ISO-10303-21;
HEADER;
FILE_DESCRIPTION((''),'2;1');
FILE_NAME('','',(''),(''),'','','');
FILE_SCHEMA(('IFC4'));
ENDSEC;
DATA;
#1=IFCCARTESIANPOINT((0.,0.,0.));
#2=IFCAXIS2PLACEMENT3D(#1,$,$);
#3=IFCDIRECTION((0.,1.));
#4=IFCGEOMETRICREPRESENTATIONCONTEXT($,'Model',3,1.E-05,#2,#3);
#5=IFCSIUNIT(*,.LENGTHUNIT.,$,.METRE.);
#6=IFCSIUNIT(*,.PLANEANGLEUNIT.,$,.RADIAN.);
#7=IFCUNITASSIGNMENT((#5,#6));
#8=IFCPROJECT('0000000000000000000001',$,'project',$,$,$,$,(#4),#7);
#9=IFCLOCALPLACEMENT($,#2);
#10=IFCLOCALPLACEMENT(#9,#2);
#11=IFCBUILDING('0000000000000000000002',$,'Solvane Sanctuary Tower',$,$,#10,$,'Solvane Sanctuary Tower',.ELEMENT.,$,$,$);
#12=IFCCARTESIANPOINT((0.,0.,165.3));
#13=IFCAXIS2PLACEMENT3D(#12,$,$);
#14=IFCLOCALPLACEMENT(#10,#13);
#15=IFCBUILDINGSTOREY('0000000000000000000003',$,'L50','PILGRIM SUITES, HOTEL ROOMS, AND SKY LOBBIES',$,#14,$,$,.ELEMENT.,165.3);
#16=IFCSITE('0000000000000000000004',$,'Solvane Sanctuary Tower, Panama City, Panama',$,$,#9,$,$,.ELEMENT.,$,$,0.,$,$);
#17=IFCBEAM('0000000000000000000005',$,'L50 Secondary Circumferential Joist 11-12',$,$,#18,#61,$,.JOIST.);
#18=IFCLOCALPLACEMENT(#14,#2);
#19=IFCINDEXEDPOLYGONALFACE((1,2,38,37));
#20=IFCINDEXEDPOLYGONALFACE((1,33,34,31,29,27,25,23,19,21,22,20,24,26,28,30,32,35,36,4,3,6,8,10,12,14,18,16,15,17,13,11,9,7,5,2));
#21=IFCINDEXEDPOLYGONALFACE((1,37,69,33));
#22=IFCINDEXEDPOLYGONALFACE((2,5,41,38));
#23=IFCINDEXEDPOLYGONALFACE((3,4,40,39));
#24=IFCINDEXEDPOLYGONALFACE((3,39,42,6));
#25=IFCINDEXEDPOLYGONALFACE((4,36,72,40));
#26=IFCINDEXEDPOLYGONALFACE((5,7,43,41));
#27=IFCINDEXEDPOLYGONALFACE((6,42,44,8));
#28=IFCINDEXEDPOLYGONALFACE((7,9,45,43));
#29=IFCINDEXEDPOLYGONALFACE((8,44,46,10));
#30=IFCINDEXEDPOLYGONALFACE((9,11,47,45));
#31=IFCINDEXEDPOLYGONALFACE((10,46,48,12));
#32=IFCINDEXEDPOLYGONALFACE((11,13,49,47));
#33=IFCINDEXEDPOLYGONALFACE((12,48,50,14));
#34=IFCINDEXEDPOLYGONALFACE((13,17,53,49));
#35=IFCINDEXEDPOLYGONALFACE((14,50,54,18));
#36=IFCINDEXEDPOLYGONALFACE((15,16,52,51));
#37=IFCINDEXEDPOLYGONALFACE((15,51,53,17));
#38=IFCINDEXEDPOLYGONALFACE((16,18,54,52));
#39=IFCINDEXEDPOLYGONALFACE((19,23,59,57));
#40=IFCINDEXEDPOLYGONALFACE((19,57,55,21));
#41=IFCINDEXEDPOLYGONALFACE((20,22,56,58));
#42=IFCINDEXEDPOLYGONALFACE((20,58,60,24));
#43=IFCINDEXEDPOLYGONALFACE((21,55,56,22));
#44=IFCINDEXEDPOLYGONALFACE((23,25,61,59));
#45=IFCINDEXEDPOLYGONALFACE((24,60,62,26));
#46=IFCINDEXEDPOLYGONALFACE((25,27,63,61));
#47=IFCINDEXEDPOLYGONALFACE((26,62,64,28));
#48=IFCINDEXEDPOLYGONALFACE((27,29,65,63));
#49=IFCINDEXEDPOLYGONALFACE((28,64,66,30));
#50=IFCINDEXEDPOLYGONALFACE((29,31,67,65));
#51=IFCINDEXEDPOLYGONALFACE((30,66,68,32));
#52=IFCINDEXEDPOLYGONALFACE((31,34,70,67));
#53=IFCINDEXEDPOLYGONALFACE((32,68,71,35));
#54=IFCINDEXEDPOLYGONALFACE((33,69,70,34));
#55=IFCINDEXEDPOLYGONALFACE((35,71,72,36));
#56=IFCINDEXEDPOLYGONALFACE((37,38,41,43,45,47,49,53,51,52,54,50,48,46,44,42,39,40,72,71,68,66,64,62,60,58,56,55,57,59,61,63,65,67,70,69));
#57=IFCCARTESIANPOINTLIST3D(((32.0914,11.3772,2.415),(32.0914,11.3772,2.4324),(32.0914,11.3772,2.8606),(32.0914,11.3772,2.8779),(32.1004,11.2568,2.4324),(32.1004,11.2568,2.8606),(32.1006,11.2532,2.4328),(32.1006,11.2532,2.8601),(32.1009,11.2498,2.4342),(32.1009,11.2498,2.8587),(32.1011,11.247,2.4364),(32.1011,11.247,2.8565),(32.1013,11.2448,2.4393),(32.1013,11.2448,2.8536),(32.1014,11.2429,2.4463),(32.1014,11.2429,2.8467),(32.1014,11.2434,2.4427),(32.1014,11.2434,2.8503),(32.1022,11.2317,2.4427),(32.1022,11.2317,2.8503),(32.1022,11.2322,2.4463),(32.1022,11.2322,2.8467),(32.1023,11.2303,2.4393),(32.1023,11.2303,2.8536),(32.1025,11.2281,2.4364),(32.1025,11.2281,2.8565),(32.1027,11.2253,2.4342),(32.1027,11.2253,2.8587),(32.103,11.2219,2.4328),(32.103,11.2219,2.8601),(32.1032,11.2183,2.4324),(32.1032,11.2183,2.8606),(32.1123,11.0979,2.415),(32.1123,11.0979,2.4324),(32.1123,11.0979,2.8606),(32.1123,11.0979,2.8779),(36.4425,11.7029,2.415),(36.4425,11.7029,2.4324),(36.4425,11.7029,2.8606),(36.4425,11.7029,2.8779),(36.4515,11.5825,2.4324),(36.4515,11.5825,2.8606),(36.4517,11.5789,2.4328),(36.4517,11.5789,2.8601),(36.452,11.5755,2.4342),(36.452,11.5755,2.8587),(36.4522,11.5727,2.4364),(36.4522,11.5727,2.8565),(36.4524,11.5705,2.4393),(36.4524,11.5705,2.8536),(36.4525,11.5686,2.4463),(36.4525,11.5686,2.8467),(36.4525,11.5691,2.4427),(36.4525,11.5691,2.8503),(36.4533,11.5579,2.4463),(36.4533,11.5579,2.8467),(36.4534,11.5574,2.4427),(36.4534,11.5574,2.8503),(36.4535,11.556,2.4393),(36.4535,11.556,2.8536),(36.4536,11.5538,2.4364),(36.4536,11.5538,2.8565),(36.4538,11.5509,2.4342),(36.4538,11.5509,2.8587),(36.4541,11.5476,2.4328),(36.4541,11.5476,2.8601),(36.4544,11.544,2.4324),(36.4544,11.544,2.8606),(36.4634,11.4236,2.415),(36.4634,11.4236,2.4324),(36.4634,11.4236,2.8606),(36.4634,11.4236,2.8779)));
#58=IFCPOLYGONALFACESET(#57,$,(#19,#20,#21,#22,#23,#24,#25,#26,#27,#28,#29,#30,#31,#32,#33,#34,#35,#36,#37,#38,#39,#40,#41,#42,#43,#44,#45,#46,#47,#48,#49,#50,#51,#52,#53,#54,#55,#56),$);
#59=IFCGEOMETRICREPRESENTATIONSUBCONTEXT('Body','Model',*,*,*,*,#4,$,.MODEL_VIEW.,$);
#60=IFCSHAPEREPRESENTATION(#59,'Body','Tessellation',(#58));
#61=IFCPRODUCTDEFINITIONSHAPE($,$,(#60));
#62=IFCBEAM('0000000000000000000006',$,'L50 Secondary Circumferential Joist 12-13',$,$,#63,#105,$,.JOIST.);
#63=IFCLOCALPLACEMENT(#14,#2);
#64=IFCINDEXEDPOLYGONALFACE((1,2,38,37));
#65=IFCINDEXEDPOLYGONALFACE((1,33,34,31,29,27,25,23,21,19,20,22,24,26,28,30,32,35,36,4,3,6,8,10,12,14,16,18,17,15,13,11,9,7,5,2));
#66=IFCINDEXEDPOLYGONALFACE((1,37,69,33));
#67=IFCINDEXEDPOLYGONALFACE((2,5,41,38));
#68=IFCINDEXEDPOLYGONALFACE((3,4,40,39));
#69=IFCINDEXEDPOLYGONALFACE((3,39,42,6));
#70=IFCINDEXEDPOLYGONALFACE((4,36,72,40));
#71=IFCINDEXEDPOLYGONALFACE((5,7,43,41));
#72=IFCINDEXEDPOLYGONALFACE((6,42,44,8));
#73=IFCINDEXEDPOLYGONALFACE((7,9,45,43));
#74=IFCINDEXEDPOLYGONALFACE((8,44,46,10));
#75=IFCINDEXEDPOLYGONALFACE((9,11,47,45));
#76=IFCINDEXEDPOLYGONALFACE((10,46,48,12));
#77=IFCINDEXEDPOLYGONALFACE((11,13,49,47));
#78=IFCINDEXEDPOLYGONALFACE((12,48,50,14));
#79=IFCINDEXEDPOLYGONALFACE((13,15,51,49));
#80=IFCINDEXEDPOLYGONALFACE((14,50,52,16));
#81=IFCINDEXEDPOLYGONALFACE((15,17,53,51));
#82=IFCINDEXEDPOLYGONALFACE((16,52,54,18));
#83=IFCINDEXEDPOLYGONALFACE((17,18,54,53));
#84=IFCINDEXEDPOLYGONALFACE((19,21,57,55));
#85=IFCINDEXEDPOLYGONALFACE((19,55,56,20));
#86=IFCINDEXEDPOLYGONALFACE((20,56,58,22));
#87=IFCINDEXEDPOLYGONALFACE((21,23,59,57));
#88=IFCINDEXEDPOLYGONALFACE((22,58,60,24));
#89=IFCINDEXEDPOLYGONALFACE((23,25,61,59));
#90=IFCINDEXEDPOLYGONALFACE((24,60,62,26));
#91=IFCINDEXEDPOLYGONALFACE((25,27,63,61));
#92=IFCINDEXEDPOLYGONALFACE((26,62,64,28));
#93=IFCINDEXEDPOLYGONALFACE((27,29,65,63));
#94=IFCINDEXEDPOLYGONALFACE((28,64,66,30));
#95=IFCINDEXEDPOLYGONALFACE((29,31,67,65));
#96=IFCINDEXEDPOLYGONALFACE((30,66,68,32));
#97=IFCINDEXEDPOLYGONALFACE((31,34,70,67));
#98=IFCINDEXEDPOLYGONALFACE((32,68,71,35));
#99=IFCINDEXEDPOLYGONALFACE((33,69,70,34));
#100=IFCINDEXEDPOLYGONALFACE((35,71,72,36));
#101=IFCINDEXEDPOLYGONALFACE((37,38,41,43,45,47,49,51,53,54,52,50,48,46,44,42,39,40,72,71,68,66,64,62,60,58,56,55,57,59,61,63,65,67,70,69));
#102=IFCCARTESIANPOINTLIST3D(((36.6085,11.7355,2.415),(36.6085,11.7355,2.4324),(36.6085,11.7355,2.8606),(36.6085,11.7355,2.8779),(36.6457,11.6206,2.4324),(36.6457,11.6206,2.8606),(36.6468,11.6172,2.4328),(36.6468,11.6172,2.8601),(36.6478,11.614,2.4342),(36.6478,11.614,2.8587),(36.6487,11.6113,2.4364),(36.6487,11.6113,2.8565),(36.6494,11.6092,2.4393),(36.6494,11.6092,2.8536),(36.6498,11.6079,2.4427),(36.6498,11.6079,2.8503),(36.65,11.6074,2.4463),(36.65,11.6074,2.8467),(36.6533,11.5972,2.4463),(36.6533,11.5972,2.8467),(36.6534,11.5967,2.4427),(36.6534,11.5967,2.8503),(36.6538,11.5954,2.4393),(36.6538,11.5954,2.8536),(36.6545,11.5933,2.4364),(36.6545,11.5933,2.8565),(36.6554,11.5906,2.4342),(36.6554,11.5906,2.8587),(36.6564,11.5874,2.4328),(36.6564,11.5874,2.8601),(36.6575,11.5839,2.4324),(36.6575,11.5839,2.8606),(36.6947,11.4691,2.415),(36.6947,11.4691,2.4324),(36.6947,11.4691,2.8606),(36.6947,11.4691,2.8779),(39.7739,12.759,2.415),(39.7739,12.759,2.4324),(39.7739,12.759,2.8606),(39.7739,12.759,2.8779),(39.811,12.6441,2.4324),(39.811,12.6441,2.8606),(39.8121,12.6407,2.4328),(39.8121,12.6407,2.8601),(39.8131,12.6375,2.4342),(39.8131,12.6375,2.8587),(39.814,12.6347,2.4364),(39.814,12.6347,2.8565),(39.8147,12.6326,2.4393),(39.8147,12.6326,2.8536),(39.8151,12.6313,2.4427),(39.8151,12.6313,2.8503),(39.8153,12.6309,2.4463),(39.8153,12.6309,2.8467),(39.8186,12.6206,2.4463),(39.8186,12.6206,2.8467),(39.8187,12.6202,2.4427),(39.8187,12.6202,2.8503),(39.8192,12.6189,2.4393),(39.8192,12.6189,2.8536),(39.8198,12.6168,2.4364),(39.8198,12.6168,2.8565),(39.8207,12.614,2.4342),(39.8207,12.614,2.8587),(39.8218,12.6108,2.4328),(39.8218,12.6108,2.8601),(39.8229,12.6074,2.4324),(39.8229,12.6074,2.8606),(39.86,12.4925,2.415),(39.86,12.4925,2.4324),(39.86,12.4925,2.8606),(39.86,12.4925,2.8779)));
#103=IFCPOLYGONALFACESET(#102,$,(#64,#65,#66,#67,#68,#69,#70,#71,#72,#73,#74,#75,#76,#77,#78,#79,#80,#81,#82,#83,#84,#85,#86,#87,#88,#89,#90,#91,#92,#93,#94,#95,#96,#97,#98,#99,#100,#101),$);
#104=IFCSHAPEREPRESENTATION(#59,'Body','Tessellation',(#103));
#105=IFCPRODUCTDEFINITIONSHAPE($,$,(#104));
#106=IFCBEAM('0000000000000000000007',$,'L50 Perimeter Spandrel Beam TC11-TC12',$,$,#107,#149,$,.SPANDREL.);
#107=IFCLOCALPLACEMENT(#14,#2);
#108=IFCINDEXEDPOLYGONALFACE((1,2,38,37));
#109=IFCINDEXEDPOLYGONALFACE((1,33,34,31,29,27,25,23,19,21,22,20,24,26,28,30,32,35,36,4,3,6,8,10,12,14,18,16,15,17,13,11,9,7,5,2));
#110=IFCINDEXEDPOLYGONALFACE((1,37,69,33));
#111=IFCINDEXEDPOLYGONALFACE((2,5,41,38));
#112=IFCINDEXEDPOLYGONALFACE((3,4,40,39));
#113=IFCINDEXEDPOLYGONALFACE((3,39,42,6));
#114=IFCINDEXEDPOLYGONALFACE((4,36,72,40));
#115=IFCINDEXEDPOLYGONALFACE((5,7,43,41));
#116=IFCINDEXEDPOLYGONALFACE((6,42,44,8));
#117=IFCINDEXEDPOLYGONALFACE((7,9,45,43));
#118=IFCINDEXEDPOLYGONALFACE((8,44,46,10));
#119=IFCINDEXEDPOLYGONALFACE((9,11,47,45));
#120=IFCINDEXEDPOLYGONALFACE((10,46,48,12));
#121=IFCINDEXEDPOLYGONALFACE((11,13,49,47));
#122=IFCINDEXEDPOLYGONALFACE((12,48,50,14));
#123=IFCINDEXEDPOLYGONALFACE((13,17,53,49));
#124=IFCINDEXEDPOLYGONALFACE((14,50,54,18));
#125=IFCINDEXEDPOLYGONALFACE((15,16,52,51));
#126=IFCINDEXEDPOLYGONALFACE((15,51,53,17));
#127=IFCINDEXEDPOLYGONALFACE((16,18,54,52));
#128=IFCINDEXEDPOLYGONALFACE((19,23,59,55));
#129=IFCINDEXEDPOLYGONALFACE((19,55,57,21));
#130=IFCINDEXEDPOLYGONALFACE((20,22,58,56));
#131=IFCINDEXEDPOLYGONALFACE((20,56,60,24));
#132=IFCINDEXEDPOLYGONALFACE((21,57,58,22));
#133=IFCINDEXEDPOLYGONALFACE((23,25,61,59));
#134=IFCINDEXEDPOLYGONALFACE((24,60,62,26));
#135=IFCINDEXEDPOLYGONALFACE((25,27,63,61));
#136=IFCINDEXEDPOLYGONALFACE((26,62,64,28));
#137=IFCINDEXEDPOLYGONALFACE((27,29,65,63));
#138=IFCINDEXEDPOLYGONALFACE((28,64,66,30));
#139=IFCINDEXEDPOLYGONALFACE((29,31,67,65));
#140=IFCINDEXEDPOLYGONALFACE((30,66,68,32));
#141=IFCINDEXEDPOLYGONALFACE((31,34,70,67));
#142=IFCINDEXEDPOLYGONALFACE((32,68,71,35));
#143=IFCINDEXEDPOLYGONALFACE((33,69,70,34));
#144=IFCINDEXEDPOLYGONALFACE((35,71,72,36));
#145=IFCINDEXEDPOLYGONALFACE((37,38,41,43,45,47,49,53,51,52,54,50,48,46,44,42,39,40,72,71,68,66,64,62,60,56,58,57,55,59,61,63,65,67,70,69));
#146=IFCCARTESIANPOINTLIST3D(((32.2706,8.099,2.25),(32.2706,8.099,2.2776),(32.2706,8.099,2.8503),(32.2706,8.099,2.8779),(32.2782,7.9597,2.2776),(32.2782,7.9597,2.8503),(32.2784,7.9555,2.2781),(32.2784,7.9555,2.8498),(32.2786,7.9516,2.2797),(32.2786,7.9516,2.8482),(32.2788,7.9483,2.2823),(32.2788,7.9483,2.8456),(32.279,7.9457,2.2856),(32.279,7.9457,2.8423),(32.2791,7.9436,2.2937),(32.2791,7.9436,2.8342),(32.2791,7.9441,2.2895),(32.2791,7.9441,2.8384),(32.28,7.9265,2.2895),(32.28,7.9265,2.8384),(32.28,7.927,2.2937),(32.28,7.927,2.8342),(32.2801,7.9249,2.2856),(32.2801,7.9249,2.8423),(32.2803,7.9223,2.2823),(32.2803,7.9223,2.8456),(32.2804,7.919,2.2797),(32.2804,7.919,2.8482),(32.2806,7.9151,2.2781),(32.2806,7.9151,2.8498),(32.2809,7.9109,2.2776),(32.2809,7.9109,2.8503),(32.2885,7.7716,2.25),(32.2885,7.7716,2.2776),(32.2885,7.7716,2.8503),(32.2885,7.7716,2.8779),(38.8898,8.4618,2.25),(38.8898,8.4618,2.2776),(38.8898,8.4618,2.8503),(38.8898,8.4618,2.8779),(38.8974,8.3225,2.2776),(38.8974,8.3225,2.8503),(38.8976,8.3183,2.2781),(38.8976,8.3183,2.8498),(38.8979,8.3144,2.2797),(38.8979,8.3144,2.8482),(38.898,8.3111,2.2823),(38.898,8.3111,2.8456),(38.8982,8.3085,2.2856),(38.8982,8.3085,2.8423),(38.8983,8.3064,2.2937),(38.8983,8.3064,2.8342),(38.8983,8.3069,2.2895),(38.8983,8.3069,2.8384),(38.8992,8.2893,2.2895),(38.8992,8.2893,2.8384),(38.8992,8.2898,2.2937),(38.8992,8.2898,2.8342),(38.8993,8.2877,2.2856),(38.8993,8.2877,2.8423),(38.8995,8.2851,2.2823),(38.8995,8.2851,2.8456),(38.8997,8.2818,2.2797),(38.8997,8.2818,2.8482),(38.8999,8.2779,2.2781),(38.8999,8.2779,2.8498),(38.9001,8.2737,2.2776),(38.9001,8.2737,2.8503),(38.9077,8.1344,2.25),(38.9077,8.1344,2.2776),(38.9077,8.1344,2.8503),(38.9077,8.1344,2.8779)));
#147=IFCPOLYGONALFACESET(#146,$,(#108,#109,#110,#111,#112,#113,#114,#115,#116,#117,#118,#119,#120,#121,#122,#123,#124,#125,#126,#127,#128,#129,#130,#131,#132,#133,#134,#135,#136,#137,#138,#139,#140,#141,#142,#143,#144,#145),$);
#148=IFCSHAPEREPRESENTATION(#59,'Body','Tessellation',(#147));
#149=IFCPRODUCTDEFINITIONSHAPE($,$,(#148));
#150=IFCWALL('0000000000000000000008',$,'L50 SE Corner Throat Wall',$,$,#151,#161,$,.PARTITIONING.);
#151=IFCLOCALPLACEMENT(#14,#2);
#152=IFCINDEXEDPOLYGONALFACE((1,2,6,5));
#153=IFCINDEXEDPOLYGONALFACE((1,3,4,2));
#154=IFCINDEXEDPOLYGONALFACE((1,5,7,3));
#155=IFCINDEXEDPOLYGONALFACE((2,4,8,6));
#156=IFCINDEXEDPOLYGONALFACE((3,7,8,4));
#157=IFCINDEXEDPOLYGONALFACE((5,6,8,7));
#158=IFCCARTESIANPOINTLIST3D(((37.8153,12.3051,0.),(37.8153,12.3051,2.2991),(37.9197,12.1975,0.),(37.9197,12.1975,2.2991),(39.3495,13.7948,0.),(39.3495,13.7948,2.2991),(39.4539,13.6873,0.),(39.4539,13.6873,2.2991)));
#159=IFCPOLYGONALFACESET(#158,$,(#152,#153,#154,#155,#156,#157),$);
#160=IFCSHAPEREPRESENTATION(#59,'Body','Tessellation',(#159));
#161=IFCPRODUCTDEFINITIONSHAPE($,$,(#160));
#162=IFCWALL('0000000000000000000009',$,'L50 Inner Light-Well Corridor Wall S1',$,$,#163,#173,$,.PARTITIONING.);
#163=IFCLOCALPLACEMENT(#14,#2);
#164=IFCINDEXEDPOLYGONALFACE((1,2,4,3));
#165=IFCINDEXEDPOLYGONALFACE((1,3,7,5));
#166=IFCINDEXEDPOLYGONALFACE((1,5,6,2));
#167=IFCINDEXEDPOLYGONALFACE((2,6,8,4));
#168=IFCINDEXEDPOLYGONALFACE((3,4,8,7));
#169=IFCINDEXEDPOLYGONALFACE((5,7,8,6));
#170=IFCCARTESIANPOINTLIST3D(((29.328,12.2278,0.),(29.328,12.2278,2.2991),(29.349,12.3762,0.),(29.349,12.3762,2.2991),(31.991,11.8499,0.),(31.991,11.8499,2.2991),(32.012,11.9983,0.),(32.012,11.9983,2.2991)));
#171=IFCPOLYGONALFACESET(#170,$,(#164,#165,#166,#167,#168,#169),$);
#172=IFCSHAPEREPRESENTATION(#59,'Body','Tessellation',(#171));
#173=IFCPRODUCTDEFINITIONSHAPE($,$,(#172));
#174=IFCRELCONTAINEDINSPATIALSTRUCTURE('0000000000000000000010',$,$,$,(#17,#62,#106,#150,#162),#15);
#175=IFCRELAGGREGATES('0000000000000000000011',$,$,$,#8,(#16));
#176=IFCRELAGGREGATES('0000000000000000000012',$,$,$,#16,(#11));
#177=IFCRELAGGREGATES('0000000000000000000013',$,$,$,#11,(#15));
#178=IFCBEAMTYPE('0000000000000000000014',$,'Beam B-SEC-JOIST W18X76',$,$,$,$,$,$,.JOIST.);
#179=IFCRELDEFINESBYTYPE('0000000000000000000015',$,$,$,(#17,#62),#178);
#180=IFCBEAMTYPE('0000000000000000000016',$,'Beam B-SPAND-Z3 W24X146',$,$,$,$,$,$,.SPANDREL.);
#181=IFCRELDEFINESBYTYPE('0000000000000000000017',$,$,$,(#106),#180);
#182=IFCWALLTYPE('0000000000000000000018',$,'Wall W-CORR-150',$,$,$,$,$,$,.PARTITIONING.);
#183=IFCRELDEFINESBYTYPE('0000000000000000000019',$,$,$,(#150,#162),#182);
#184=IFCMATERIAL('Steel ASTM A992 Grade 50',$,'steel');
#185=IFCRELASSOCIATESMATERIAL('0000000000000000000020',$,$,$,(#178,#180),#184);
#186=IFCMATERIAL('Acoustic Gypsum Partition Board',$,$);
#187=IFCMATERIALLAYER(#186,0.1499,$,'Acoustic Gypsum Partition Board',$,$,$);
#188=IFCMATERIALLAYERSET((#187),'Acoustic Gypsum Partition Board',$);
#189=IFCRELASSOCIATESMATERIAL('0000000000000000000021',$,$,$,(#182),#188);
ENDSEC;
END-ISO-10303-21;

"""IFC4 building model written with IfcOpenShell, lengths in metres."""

from ifc_helpers import new_model, si_unit, direction, frame, frame_2d, origin, origin_2d, place, context, subcontext, project, spatial, rectangle, i_section, extrude, material, layer, layer_set, material_profile, profile_set, type_object, element, save


model = new_model("IFC4")

# Units and contexts
model_context = context("Model", 3, precision=1e-05, world=origin(), true_north=direction((0.0, 1.0)))
body_context = subcontext(model_context, "Body", "Model", "MODEL_VIEW")
ifc_project = project(units=[si_unit("LENGTHUNIT", "METRE"), si_unit("PLANEANGLEUNIT", "RADIAN")], contexts=[model_context])

# Site, building, storey
site_placement = place(None, origin())
site = spatial("IfcSite", under=ifc_project, at=site_placement, Name="Solvane Sanctuary Tower, Panama City, Panama", CompositionType="ELEMENT", RefElevation=0.0)
building_placement = place(site_placement, origin())
building = spatial("IfcBuilding", under=site, at=building_placement, Name="Solvane Sanctuary Tower", LongName="Solvane Sanctuary Tower", CompositionType="ELEMENT")
storey_placement = place(building_placement, frame((0.0, 0.0, 165.3)))
storey = spatial("IfcBuildingStorey", under=building, at=storey_placement, Name="L50", Description="PILGRIM SUITES, HOTEL ROOMS, AND SKY LOBBIES", CompositionType="ELEMENT", Elevation=165.3)

# Beams
ifc_material_1 = material(Name="Steel ASTM A992 Grade 50", Category="steel")
ifc_material_profile_1 = material_profile(ifc_material_1, i_section(OverallWidth=0.28, OverallDepth=0.4629, WebThickness=0.0107, FlangeThickness=0.0173, FilletRadius=0.0139, at=origin_2d()), Name="W18X76")
ifc_profile_set_1 = profile_set([ifc_material_profile_1], Name="Steel ASTM A992 Grade 50")
beam_type_1 = type_object("IfcBeamType", Name="Beam B-SEC-JOIST W18X76", PredefinedType="JOIST", material=ifc_profile_set_1)
beam_1_placement = place(storey_placement, frame((32.1018, 11.2375, 2.6465), z_axis=(0.99721, 0.074642, 0.0), x_axis=(-0.074642, 0.99721, 0.0)))
element("IfcBeam", 1, at=beam_1_placement, inside=storey, type_object=beam_type_1, Name="L50 Secondary Circumferential Joist 11-12", PredefinedType="JOIST", context=body_context, shape_type="SweptSolid", body=[
    extrude(i_section(OverallWidth=0.28, OverallDepth=0.4629, WebThickness=0.0107, FlangeThickness=0.0173, FilletRadius=0.0139, at=origin_2d()), origin(), (0.0, 0.0, 1.0), 4.3633),
])
beam_2_placement = place(storey_placement, frame((36.6516, 11.6023, 2.6465), z_axis=(0.9515, 0.30765, 0.0), x_axis=(-0.30765, 0.9515, 0.0)))
element("IfcBeam", 2, at=beam_2_placement, inside=storey, type_object=beam_type_1, Name="L50 Secondary Circumferential Joist 12-13", PredefinedType="JOIST", context=body_context, shape_type="SweptSolid", body=[
    extrude(i_section(OverallWidth=0.28, OverallDepth=0.4629, WebThickness=0.0107, FlangeThickness=0.0173, FilletRadius=0.0139, at=origin_2d()), origin(), (0.0, 0.0, 1.0), 3.3267),
])
ifc_material_profile_2 = material_profile(ifc_material_1, i_section(OverallWidth=0.3279, OverallDepth=0.6279, WebThickness=0.0166, FlangeThickness=0.0276, FilletRadius=0.0161, at=origin_2d()), Name="W24X146")
ifc_profile_set_2 = profile_set([ifc_material_profile_2], Name="Steel ASTM A992 Grade 50")
beam_type_2 = type_object("IfcBeamType", Name="Beam B-SPAND-Z3 W24X146", PredefinedType="SPANDREL", material=ifc_profile_set_2)
beam_3_placement = place(storey_placement, frame((32.2795, 7.9353, 2.564), z_axis=(0.998501, 0.054728, 0.0), x_axis=(-0.054728, 0.998501, 0.0)))
element("IfcBeam", 3, at=beam_3_placement, inside=storey, type_object=beam_type_2, Name="L50 Perimeter Spandrel Beam TC11-TC12", PredefinedType="SPANDREL", context=body_context, shape_type="SweptSolid", body=[
    extrude(i_section(OverallWidth=0.3279, OverallDepth=0.6279, WebThickness=0.0166, FlangeThickness=0.0276, FilletRadius=0.0161, at=origin_2d()), origin(), (0.0, 0.0, 1.0), 6.6292),
])

# Walls
ifc_material_2 = material(Name="Acoustic Gypsum Partition Board")
ifc_layer_1 = layer(ifc_material_2, 0.1499, Name="Acoustic Gypsum Partition Board")
ifc_layer_set_1 = layer_set([ifc_layer_1], Name="Acoustic Gypsum Partition Board")
wall_type_1 = type_object("IfcWallType", Name="Wall W-CORR-150", PredefinedType="PARTITIONING", material=ifc_layer_set_1)
wall_1_placement = place(storey_placement, frame((37.8674, 12.2512, 0.0), z_axis=(0.0, 0.0, 1.0), x_axis=(0.71742, 0.696641, 0.0)))
element("IfcWall", 4, at=wall_1_placement, inside=storey, type_object=wall_type_1, Name="L50 SE Corner Throat Wall", PredefinedType="PARTITIONING", context=body_context, shape_type="SweptSolid", body=[
    extrude(rectangle(XDim=2.1384, YDim=0.1499, at=frame_2d((1.0693, 0.0))), origin(), (0.0, 0.0, 1.0), 2.2991),
])
wall_2_placement = place(storey_placement, frame((29.3386, 12.302, 0.0), z_axis=(0.0, 0.0, 1.0), x_axis=(0.99008, -0.140506, 0.0)))
element("IfcWall", 5, at=wall_2_placement, inside=storey, type_object=wall_type_1, Name="L50 Inner Light-Well Corridor Wall S1", PredefinedType="PARTITIONING", context=body_context, shape_type="SweptSolid", body=[
    extrude(rectangle(XDim=2.6897, YDim=0.1499, at=frame_2d((1.3447, 0.0))), origin(), (0.0, 0.0, 1.0), 2.2991),
])

save(model, "model.ifc")
